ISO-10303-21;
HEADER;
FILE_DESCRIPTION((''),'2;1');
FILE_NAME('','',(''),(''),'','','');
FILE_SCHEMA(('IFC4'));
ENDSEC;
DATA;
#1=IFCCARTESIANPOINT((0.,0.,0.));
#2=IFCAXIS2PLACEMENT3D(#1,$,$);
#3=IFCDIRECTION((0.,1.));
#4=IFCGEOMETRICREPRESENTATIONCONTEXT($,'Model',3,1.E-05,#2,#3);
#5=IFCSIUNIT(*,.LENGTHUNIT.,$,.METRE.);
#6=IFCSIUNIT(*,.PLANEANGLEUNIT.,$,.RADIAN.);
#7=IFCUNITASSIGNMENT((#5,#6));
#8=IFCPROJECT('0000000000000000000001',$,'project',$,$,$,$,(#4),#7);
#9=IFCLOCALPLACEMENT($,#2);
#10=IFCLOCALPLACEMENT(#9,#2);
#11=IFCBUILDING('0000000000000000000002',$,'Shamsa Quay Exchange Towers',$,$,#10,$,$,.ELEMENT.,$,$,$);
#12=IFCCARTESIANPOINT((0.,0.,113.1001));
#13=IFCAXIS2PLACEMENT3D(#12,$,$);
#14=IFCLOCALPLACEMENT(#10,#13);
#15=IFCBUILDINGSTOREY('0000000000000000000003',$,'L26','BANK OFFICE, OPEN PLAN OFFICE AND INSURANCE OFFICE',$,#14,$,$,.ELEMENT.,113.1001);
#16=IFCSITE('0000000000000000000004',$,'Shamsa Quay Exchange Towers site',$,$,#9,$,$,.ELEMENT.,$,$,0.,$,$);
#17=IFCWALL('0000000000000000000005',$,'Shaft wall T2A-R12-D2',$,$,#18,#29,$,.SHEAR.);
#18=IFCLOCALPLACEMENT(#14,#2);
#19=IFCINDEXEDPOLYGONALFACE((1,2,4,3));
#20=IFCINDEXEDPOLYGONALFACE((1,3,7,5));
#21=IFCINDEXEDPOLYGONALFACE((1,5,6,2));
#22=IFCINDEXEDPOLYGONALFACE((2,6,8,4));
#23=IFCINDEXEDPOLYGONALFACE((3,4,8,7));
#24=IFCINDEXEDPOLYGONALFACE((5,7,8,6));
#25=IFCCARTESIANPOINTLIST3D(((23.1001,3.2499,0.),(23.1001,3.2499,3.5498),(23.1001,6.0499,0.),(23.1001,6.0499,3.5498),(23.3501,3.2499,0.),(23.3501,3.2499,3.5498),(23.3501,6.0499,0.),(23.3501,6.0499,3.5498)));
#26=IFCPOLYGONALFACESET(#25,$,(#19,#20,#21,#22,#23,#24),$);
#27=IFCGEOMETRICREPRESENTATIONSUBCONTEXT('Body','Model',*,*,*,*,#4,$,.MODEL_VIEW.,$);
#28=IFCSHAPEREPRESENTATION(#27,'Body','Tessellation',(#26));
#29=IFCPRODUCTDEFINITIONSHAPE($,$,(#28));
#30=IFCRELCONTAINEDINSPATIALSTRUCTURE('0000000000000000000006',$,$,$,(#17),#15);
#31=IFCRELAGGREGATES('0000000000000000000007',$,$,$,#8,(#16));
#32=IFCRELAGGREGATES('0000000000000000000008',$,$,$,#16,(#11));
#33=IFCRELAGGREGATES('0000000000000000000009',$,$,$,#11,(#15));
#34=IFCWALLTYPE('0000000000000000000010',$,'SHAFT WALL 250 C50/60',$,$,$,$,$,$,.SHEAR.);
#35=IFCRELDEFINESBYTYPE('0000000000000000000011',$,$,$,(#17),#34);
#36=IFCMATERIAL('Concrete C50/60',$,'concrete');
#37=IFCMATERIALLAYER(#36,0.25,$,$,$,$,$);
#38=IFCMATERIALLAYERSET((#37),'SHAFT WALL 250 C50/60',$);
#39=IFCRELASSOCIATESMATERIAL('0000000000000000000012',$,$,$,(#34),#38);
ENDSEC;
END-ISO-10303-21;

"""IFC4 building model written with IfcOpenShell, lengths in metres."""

from ifc_helpers import new_model, si_unit, direction, frame, frame_2d, origin, place, context, subcontext, project, spatial, rectangle, extrude, material, layer, layer_set, type_object, element, save


model = new_model("IFC4")

# Units and contexts
model_context = context("Model", 3, precision=1e-05, world=origin(), true_north=direction((0.0, 1.0)))
body_context = subcontext(model_context, "Body", "Model", "MODEL_VIEW")
ifc_project = project(units=[si_unit("LENGTHUNIT", "METRE"), si_unit("PLANEANGLEUNIT", "RADIAN")], contexts=[model_context])

# Site, building, storey
site_placement = place(None, origin())
site = spatial("IfcSite", under=ifc_project, at=site_placement, Name="Shamsa Quay Exchange Towers site", CompositionType="ELEMENT", RefElevation=0.0)
building_placement = place(site_placement, origin())
building = spatial("IfcBuilding", under=site, at=building_placement, Name="Shamsa Quay Exchange Towers", CompositionType="ELEMENT")
storey_placement = place(building_placement, frame((0.0, 0.0, 113.1001)))
storey = spatial("IfcBuildingStorey", under=building, at=storey_placement, Name="L26", Description="BANK OFFICE, OPEN PLAN OFFICE AND INSURANCE OFFICE", CompositionType="ELEMENT", Elevation=113.1001)

# Shared definitions
ifc_material_1 = material(Name="Concrete C50/60", Category="concrete")
ifc_layer_1 = layer(ifc_material_1, 0.25)
ifc_layer_set_1 = layer_set([ifc_layer_1], Name="SHAFT WALL 250 C50/60")
wall_type_1 = type_object("IfcWallType", Name="SHAFT WALL 250 C50/60", PredefinedType="SHEAR", material=ifc_layer_set_1)

# Wall
for number, where, z_axis, x_axis, name in (
    (1, (23.2251, 3.25, 0.0), (0.0, 0.0, 1.0), (0.0, 1.0, 0.0), "Shaft wall T2A-R12-D2"),
):
    element("IfcWall", number, at=place(storey_placement, frame(where, z_axis=z_axis, x_axis=x_axis)), inside=storey, type_object=wall_type_1, Name=name, PredefinedType="SHEAR", context=body_context, shape_type="SweptSolid", body=[
        extrude(rectangle(XDim=2.8, YDim=0.25, at=frame_2d((1.3999, 0.0))), origin(), (0.0, 0.0, 1.0), 3.5498),
    ])

save(model, "model.ifc")
